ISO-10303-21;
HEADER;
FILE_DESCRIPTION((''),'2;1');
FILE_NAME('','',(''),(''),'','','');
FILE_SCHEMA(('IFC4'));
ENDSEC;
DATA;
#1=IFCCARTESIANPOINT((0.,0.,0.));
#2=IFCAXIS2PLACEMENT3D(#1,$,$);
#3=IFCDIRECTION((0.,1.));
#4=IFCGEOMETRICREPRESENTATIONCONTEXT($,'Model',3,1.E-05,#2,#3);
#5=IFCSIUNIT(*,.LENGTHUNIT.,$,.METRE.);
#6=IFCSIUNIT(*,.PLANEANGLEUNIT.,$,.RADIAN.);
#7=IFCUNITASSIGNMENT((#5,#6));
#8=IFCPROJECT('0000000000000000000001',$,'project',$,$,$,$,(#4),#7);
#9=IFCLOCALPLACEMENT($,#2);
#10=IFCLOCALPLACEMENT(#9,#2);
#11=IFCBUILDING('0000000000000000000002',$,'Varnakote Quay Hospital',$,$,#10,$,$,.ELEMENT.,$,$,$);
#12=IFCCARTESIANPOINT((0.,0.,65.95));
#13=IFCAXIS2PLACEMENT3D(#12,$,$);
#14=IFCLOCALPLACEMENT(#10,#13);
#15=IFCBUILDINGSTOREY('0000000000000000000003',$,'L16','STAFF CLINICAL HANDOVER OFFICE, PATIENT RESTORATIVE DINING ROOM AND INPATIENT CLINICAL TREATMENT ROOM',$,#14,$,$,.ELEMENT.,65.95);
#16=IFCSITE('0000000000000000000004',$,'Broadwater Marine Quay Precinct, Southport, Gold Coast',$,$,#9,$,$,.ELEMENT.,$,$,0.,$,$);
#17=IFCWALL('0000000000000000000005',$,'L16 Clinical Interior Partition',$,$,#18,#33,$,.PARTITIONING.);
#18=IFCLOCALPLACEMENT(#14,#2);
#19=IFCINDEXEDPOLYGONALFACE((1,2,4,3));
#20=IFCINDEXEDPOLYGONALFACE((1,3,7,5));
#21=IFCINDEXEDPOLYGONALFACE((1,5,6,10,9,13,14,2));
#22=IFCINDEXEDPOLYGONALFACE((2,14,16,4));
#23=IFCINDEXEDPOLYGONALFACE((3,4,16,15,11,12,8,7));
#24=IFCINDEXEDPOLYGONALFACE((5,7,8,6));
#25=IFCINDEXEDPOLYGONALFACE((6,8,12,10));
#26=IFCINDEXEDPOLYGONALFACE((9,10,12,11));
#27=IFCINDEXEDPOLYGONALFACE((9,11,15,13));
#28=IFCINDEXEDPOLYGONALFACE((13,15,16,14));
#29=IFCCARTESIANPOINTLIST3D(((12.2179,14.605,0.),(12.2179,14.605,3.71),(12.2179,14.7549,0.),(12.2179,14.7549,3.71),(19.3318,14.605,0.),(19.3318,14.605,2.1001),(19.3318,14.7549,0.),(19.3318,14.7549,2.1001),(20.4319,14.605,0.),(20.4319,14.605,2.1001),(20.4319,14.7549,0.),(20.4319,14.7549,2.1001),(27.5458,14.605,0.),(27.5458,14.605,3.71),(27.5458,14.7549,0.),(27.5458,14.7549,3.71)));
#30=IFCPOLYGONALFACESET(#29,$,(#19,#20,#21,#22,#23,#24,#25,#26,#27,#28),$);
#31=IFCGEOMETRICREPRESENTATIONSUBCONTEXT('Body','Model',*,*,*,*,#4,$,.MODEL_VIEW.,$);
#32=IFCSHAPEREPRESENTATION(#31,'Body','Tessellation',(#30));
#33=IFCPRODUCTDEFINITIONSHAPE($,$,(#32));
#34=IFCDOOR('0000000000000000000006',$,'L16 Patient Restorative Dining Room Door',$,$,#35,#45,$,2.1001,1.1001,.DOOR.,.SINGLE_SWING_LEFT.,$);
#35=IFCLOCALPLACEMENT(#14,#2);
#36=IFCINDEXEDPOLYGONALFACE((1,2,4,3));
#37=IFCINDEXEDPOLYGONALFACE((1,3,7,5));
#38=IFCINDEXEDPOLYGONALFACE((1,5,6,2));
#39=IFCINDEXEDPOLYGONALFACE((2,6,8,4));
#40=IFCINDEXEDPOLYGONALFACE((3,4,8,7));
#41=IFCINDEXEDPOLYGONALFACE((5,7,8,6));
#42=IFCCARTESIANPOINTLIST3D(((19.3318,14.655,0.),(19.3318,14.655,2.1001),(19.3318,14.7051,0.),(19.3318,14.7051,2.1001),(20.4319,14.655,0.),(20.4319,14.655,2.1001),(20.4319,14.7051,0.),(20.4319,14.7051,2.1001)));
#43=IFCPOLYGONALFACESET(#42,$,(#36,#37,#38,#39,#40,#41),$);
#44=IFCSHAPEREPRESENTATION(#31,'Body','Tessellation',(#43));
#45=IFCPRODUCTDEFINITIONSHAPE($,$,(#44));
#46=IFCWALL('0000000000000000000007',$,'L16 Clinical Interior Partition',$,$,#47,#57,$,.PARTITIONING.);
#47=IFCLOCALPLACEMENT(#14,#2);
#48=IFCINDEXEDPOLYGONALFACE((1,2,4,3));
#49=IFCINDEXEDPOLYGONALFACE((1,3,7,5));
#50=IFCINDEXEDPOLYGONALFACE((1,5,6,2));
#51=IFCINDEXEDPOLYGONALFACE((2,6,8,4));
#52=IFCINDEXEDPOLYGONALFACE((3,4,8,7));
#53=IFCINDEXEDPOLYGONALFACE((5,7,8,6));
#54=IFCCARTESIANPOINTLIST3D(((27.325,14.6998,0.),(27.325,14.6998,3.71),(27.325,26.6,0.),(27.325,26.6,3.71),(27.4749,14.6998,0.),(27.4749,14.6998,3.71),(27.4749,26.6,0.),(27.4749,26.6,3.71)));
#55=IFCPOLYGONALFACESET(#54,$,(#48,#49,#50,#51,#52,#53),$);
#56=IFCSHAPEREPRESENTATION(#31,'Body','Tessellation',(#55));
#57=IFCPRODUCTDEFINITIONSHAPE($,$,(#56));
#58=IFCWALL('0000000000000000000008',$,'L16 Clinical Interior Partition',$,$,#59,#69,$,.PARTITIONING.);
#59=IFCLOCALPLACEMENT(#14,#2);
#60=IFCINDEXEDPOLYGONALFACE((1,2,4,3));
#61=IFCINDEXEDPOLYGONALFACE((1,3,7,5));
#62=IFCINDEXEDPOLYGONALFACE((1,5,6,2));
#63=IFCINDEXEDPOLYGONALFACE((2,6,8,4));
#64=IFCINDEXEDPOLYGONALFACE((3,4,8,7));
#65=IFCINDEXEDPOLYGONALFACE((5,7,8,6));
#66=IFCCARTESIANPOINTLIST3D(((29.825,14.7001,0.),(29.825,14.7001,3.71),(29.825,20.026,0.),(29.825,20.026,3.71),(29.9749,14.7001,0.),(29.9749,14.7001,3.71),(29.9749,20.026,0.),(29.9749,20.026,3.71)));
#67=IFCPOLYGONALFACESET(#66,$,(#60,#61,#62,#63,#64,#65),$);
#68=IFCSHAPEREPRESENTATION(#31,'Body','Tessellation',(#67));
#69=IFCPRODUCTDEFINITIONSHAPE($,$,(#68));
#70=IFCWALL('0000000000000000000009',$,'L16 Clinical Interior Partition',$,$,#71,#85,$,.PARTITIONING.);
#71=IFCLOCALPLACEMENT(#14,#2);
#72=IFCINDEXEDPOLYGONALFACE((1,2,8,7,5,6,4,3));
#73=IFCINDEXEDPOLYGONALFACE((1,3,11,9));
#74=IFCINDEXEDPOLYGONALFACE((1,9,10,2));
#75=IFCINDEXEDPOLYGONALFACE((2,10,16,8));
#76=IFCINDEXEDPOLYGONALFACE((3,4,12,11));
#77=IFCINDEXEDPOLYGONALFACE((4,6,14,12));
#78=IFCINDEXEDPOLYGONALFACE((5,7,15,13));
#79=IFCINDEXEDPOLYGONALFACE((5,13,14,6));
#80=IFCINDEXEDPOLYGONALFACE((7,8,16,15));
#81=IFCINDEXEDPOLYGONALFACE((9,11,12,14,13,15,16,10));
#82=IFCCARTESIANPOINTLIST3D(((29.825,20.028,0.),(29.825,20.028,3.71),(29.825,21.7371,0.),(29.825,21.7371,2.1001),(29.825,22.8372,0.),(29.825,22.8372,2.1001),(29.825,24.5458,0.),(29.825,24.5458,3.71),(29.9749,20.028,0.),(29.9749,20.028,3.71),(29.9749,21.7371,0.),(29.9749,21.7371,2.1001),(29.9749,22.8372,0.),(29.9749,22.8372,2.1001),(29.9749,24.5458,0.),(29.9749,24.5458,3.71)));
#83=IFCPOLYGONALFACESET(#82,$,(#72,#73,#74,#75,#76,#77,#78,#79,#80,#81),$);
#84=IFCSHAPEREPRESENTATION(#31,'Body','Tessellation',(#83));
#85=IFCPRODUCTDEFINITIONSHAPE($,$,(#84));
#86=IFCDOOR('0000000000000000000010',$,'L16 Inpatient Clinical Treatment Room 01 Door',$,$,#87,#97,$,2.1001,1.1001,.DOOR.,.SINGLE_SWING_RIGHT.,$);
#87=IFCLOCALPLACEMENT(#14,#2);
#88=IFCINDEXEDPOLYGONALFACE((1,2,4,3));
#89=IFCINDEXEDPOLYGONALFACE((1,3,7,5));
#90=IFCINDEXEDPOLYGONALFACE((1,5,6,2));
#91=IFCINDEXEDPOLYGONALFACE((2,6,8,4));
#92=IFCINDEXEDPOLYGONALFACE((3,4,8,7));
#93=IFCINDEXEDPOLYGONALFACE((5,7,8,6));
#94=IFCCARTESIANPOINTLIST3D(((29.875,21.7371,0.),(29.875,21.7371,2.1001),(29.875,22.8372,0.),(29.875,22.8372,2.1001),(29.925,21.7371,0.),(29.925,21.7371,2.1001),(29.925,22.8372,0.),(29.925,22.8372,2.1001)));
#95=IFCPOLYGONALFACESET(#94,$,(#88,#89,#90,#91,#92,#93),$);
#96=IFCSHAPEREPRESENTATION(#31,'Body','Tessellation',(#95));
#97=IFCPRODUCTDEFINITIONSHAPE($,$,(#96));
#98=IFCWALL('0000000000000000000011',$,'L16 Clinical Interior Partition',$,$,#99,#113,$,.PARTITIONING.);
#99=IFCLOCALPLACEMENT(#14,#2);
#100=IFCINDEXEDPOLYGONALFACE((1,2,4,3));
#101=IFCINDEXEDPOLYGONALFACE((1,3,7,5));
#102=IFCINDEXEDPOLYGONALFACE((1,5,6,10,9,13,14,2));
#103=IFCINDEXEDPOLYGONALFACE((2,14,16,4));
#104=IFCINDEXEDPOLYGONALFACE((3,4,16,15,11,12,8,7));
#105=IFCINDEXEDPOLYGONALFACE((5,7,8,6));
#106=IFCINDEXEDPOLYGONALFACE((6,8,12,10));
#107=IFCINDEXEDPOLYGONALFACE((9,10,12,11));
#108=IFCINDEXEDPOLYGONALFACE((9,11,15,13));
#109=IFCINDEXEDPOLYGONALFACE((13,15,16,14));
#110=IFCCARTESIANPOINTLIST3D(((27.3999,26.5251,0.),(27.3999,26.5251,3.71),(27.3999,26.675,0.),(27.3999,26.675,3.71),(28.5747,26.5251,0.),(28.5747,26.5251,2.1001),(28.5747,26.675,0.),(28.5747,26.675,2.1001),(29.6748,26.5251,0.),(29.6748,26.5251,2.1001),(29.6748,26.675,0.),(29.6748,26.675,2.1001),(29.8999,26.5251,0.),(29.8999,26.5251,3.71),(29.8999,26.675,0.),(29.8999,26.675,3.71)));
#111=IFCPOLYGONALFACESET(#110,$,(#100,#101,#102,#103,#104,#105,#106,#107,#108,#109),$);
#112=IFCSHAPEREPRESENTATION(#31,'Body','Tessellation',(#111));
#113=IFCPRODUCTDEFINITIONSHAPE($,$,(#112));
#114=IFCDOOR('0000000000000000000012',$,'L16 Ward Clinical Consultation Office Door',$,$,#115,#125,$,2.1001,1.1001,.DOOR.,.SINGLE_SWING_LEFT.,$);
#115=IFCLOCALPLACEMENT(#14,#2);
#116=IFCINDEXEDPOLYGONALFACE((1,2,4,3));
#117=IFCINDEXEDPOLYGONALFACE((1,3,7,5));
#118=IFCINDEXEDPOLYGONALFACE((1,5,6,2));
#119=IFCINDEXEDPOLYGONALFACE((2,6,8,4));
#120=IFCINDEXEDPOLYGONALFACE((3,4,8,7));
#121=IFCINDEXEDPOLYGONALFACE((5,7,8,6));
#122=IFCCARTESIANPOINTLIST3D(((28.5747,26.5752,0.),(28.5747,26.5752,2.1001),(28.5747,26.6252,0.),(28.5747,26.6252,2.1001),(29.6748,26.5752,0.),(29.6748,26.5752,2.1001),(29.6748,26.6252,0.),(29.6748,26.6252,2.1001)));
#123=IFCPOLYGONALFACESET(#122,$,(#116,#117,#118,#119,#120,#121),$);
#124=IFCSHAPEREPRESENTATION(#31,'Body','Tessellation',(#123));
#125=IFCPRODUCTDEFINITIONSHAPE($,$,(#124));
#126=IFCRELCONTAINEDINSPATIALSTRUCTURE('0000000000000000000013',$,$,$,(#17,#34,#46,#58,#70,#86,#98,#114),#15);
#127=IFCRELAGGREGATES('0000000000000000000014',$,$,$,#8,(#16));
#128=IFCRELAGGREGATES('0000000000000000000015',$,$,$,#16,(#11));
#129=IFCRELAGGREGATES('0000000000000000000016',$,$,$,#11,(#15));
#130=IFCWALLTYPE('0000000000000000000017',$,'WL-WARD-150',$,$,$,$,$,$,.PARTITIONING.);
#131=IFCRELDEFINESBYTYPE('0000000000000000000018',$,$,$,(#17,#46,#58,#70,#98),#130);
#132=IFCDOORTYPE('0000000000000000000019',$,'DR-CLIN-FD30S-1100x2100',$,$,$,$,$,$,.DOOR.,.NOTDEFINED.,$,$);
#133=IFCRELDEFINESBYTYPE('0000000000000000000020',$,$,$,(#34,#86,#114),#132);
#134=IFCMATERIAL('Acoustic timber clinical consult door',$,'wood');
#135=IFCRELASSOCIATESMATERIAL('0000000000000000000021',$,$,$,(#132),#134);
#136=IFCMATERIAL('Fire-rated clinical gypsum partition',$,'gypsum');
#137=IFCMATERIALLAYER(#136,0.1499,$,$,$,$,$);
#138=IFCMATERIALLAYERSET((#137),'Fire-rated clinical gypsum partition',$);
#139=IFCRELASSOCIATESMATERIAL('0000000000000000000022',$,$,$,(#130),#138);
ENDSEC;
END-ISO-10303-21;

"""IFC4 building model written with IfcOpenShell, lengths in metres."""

from ifc_helpers import new_model, si_unit, direction, frame, frame_2d, origin, place, context, subcontext, project, spatial, rectangle, extrude, material, layer, layer_set, type_object, element, fill, save


model = new_model("IFC4")

# Units and contexts
model_context = context("Model", 3, precision=1e-05, world=origin(), true_north=direction((0.0, 1.0)))
body_context = subcontext(model_context, "Body", "Model", "MODEL_VIEW")
ifc_project = project(units=[si_unit("LENGTHUNIT", "METRE"), si_unit("PLANEANGLEUNIT", "RADIAN")], contexts=[model_context])

# Site, building, storey
site_placement = place(None, origin())
site = spatial("IfcSite", under=ifc_project, at=site_placement, Name="Broadwater Marine Quay Precinct, Southport, Gold Coast", CompositionType="ELEMENT", RefElevation=0.0)
building_placement = place(site_placement, origin())
building = spatial("IfcBuilding", under=site, at=building_placement, Name="Varnakote Quay Hospital", CompositionType="ELEMENT")
storey_placement = place(building_placement, frame((0.0, 0.0, 65.95)))
storey = spatial("IfcBuildingStorey", under=building, at=storey_placement, Name="L16", Description="STAFF CLINICAL HANDOVER OFFICE, PATIENT RESTORATIVE DINING ROOM AND INPATIENT CLINICAL TREATMENT ROOM", CompositionType="ELEMENT", Elevation=65.95)

# Shared definitions
ifc_material_1 = material(Name="Acoustic timber clinical consult door", Category="wood")
door_type_1 = type_object("IfcDoorType", Name="DR-CLIN-FD30S-1100x2100", OperationType="NOTDEFINED", PredefinedType="DOOR", material=ifc_material_1)

# Wall, opening, door
ifc_material_2 = material(Name="Fire-rated clinical gypsum partition", Category="gypsum")
ifc_layer_1 = layer(ifc_material_2, 0.1499)
ifc_layer_set_1 = layer_set([ifc_layer_1], Name="Fire-rated clinical gypsum partition")
wall_type_1 = type_object("IfcWallType", Name="WL-WARD-150", PredefinedType="PARTITIONING", material=ifc_layer_set_1)
wall_1_placement = place(storey_placement, frame((27.5459, 14.6799, 0.0), z_axis=(0.0, 0.0, 1.0), x_axis=(-1.0, 0.0, 0.0)))
wall_1 = element("IfcWall", 1, at=wall_1_placement, inside=storey, type_object=wall_type_1, Name="L16 Clinical Interior Partition", PredefinedType="PARTITIONING", context=body_context, shape_type="SweptSolid", body=[
    extrude(rectangle(XDim=15.3279, YDim=0.1499, at=frame_2d((7.6641, 0.0))), origin(), (0.0, 0.0, 1.0), 3.71),
])
opening_1_placement = place(wall_1_placement, frame((7.114, 0.0, 0.0)))
opening_1 = element("IfcOpeningElement", 2, at=opening_1_placement, cuts=wall_1, PredefinedType="OPENING", context=body_context, shape_type="SweptSolid", body=[
    extrude(rectangle(XDim=1.1001, YDim=2.1001, at=frame_2d((0.55, 1.05))), frame((0.0, 0.085, 0.0), z_axis=(0.0, -1.0, 0.0), x_axis=(1.0, 0.0, 0.0)), (0.0, 0.0, 1.0), 0.1699),
])
door_1_placement = place(opening_1_placement, origin())
door_1 = element("IfcDoor", 3, at=door_1_placement, inside=storey, type_object=door_type_1, Name="L16 Patient Restorative Dining Room Door", OperationType="SINGLE_SWING_LEFT", OverallHeight=2.1001, OverallWidth=1.1001, PredefinedType="DOOR", context=body_context, shape_type="SweptSolid", body=[
    extrude(rectangle(XDim=1.1001, YDim=2.1001, at=frame_2d((0.55, 1.05))), frame((0.0, 0.0249, 0.0), z_axis=(0.0, -1.0, 0.0), x_axis=(1.0, 0.0, 0.0)), (0.0, 0.0, 1.0), 0.05),
])
fill(opening_1, door_1)

# Walls
wall_2_placement = place(storey_placement, frame((27.3999, 26.6001, 0.0), z_axis=(0.0, 0.0, 1.0), x_axis=(0.0, -1.0, 0.0)))
element("IfcWall", 4, at=wall_2_placement, inside=storey, type_object=wall_type_1, Name="L16 Clinical Interior Partition", PredefinedType="PARTITIONING", context=body_context, shape_type="SweptSolid", body=[
    extrude(rectangle(XDim=11.9001, YDim=0.1499, at=frame_2d((5.9502, 0.0))), origin(), (0.0, 0.0, 1.0), 3.71),
])
wall_3_placement = place(storey_placement, frame((29.8999, 14.7, 0.0), z_axis=(0.0, 0.0, 1.0), x_axis=(0.0, 1.0, 0.0)))
element("IfcWall", 5, at=wall_3_placement, inside=storey, type_object=wall_type_1, Name="L16 Clinical Interior Partition", PredefinedType="PARTITIONING", context=body_context, shape_type="SweptSolid", body=[
    extrude(rectangle(XDim=5.3259, YDim=0.1499, at=frame_2d((2.6631, 0.0))), origin(), (0.0, 0.0, 1.0), 3.71),
])

# Walls, openings, doors
wall_4_placement = place(storey_placement, frame((29.8999, 20.0281, 0.0), z_axis=(0.0, 0.0, 1.0), x_axis=(0.0, 1.0, 0.0)))
wall_4 = element("IfcWall", 6, at=wall_4_placement, inside=storey, type_object=wall_type_1, Name="L16 Clinical Interior Partition", PredefinedType="PARTITIONING", context=body_context, shape_type="SweptSolid", body=[
    extrude(rectangle(XDim=4.5178, YDim=0.1499, at=frame_2d((2.2588, 0.0))), origin(), (0.0, 0.0, 1.0), 3.71),
])
opening_2_placement = place(wall_4_placement, frame((1.709, 0.0, 0.0)))
opening_2 = element("IfcOpeningElement", 7, at=opening_2_placement, cuts=wall_4, PredefinedType="OPENING", context=body_context, shape_type="SweptSolid", body=[
    extrude(rectangle(XDim=1.1001, YDim=2.1001, at=frame_2d((0.55, 1.05))), frame((0.0, 0.085, 0.0), z_axis=(0.0, -1.0, 0.0), x_axis=(1.0, 0.0, 0.0)), (0.0, 0.0, 1.0), 0.1699),
])
door_2_placement = place(opening_2_placement, origin())
door_2 = element("IfcDoor", 8, at=door_2_placement, inside=storey, type_object=door_type_1, Name="L16 Inpatient Clinical Treatment Room 01 Door", OperationType="SINGLE_SWING_RIGHT", OverallHeight=2.1001, OverallWidth=1.1001, PredefinedType="DOOR", context=body_context, shape_type="SweptSolid", body=[
    extrude(rectangle(XDim=1.1001, YDim=2.1001, at=frame_2d((0.55, 1.05))), frame((0.0, 0.0249, 0.0), z_axis=(0.0, -1.0, 0.0), x_axis=(1.0, 0.0, 0.0)), (0.0, 0.0, 1.0), 0.05),
])
fill(opening_2, door_2)
wall_5_placement = place(storey_placement, frame((29.8999, 26.6001, 0.0), z_axis=(0.0, 0.0, 1.0), x_axis=(-1.0, 0.0, 0.0)))
wall_5 = element("IfcWall", 9, at=wall_5_placement, inside=storey, type_object=wall_type_1, Name="L16 Clinical Interior Partition", PredefinedType="PARTITIONING", context=body_context, shape_type="SweptSolid", body=[
    extrude(rectangle(XDim=2.5, YDim=0.1499, at=frame_2d((1.25, 0.0))), origin(), (0.0, 0.0, 1.0), 3.71),
])
opening_3_placement = place(wall_5_placement, frame((0.2251, 0.0, 0.0)))
opening_3 = element("IfcOpeningElement", 10, at=opening_3_placement, cuts=wall_5, PredefinedType="OPENING", context=body_context, shape_type="SweptSolid", body=[
    extrude(rectangle(XDim=1.1001, YDim=2.1001, at=frame_2d((0.55, 1.05))), frame((0.0, 0.085, 0.0), z_axis=(0.0, -1.0, 0.0), x_axis=(1.0, 0.0, 0.0)), (0.0, 0.0, 1.0), 0.1699),
])
door_3_placement = place(opening_3_placement, origin())
door_3 = element("IfcDoor", 11, at=door_3_placement, inside=storey, type_object=door_type_1, Name="L16 Ward Clinical Consultation Office Door", OperationType="SINGLE_SWING_LEFT", OverallHeight=2.1001, OverallWidth=1.1001, PredefinedType="DOOR", context=body_context, shape_type="SweptSolid", body=[
    extrude(rectangle(XDim=1.1001, YDim=2.1001, at=frame_2d((0.55, 1.05))), frame((0.0, 0.0249, 0.0), z_axis=(0.0, -1.0, 0.0), x_axis=(1.0, 0.0, 0.0)), (0.0, 0.0, 1.0), 0.05),
])
fill(opening_3, door_3)

save(model, "model.ifc")
